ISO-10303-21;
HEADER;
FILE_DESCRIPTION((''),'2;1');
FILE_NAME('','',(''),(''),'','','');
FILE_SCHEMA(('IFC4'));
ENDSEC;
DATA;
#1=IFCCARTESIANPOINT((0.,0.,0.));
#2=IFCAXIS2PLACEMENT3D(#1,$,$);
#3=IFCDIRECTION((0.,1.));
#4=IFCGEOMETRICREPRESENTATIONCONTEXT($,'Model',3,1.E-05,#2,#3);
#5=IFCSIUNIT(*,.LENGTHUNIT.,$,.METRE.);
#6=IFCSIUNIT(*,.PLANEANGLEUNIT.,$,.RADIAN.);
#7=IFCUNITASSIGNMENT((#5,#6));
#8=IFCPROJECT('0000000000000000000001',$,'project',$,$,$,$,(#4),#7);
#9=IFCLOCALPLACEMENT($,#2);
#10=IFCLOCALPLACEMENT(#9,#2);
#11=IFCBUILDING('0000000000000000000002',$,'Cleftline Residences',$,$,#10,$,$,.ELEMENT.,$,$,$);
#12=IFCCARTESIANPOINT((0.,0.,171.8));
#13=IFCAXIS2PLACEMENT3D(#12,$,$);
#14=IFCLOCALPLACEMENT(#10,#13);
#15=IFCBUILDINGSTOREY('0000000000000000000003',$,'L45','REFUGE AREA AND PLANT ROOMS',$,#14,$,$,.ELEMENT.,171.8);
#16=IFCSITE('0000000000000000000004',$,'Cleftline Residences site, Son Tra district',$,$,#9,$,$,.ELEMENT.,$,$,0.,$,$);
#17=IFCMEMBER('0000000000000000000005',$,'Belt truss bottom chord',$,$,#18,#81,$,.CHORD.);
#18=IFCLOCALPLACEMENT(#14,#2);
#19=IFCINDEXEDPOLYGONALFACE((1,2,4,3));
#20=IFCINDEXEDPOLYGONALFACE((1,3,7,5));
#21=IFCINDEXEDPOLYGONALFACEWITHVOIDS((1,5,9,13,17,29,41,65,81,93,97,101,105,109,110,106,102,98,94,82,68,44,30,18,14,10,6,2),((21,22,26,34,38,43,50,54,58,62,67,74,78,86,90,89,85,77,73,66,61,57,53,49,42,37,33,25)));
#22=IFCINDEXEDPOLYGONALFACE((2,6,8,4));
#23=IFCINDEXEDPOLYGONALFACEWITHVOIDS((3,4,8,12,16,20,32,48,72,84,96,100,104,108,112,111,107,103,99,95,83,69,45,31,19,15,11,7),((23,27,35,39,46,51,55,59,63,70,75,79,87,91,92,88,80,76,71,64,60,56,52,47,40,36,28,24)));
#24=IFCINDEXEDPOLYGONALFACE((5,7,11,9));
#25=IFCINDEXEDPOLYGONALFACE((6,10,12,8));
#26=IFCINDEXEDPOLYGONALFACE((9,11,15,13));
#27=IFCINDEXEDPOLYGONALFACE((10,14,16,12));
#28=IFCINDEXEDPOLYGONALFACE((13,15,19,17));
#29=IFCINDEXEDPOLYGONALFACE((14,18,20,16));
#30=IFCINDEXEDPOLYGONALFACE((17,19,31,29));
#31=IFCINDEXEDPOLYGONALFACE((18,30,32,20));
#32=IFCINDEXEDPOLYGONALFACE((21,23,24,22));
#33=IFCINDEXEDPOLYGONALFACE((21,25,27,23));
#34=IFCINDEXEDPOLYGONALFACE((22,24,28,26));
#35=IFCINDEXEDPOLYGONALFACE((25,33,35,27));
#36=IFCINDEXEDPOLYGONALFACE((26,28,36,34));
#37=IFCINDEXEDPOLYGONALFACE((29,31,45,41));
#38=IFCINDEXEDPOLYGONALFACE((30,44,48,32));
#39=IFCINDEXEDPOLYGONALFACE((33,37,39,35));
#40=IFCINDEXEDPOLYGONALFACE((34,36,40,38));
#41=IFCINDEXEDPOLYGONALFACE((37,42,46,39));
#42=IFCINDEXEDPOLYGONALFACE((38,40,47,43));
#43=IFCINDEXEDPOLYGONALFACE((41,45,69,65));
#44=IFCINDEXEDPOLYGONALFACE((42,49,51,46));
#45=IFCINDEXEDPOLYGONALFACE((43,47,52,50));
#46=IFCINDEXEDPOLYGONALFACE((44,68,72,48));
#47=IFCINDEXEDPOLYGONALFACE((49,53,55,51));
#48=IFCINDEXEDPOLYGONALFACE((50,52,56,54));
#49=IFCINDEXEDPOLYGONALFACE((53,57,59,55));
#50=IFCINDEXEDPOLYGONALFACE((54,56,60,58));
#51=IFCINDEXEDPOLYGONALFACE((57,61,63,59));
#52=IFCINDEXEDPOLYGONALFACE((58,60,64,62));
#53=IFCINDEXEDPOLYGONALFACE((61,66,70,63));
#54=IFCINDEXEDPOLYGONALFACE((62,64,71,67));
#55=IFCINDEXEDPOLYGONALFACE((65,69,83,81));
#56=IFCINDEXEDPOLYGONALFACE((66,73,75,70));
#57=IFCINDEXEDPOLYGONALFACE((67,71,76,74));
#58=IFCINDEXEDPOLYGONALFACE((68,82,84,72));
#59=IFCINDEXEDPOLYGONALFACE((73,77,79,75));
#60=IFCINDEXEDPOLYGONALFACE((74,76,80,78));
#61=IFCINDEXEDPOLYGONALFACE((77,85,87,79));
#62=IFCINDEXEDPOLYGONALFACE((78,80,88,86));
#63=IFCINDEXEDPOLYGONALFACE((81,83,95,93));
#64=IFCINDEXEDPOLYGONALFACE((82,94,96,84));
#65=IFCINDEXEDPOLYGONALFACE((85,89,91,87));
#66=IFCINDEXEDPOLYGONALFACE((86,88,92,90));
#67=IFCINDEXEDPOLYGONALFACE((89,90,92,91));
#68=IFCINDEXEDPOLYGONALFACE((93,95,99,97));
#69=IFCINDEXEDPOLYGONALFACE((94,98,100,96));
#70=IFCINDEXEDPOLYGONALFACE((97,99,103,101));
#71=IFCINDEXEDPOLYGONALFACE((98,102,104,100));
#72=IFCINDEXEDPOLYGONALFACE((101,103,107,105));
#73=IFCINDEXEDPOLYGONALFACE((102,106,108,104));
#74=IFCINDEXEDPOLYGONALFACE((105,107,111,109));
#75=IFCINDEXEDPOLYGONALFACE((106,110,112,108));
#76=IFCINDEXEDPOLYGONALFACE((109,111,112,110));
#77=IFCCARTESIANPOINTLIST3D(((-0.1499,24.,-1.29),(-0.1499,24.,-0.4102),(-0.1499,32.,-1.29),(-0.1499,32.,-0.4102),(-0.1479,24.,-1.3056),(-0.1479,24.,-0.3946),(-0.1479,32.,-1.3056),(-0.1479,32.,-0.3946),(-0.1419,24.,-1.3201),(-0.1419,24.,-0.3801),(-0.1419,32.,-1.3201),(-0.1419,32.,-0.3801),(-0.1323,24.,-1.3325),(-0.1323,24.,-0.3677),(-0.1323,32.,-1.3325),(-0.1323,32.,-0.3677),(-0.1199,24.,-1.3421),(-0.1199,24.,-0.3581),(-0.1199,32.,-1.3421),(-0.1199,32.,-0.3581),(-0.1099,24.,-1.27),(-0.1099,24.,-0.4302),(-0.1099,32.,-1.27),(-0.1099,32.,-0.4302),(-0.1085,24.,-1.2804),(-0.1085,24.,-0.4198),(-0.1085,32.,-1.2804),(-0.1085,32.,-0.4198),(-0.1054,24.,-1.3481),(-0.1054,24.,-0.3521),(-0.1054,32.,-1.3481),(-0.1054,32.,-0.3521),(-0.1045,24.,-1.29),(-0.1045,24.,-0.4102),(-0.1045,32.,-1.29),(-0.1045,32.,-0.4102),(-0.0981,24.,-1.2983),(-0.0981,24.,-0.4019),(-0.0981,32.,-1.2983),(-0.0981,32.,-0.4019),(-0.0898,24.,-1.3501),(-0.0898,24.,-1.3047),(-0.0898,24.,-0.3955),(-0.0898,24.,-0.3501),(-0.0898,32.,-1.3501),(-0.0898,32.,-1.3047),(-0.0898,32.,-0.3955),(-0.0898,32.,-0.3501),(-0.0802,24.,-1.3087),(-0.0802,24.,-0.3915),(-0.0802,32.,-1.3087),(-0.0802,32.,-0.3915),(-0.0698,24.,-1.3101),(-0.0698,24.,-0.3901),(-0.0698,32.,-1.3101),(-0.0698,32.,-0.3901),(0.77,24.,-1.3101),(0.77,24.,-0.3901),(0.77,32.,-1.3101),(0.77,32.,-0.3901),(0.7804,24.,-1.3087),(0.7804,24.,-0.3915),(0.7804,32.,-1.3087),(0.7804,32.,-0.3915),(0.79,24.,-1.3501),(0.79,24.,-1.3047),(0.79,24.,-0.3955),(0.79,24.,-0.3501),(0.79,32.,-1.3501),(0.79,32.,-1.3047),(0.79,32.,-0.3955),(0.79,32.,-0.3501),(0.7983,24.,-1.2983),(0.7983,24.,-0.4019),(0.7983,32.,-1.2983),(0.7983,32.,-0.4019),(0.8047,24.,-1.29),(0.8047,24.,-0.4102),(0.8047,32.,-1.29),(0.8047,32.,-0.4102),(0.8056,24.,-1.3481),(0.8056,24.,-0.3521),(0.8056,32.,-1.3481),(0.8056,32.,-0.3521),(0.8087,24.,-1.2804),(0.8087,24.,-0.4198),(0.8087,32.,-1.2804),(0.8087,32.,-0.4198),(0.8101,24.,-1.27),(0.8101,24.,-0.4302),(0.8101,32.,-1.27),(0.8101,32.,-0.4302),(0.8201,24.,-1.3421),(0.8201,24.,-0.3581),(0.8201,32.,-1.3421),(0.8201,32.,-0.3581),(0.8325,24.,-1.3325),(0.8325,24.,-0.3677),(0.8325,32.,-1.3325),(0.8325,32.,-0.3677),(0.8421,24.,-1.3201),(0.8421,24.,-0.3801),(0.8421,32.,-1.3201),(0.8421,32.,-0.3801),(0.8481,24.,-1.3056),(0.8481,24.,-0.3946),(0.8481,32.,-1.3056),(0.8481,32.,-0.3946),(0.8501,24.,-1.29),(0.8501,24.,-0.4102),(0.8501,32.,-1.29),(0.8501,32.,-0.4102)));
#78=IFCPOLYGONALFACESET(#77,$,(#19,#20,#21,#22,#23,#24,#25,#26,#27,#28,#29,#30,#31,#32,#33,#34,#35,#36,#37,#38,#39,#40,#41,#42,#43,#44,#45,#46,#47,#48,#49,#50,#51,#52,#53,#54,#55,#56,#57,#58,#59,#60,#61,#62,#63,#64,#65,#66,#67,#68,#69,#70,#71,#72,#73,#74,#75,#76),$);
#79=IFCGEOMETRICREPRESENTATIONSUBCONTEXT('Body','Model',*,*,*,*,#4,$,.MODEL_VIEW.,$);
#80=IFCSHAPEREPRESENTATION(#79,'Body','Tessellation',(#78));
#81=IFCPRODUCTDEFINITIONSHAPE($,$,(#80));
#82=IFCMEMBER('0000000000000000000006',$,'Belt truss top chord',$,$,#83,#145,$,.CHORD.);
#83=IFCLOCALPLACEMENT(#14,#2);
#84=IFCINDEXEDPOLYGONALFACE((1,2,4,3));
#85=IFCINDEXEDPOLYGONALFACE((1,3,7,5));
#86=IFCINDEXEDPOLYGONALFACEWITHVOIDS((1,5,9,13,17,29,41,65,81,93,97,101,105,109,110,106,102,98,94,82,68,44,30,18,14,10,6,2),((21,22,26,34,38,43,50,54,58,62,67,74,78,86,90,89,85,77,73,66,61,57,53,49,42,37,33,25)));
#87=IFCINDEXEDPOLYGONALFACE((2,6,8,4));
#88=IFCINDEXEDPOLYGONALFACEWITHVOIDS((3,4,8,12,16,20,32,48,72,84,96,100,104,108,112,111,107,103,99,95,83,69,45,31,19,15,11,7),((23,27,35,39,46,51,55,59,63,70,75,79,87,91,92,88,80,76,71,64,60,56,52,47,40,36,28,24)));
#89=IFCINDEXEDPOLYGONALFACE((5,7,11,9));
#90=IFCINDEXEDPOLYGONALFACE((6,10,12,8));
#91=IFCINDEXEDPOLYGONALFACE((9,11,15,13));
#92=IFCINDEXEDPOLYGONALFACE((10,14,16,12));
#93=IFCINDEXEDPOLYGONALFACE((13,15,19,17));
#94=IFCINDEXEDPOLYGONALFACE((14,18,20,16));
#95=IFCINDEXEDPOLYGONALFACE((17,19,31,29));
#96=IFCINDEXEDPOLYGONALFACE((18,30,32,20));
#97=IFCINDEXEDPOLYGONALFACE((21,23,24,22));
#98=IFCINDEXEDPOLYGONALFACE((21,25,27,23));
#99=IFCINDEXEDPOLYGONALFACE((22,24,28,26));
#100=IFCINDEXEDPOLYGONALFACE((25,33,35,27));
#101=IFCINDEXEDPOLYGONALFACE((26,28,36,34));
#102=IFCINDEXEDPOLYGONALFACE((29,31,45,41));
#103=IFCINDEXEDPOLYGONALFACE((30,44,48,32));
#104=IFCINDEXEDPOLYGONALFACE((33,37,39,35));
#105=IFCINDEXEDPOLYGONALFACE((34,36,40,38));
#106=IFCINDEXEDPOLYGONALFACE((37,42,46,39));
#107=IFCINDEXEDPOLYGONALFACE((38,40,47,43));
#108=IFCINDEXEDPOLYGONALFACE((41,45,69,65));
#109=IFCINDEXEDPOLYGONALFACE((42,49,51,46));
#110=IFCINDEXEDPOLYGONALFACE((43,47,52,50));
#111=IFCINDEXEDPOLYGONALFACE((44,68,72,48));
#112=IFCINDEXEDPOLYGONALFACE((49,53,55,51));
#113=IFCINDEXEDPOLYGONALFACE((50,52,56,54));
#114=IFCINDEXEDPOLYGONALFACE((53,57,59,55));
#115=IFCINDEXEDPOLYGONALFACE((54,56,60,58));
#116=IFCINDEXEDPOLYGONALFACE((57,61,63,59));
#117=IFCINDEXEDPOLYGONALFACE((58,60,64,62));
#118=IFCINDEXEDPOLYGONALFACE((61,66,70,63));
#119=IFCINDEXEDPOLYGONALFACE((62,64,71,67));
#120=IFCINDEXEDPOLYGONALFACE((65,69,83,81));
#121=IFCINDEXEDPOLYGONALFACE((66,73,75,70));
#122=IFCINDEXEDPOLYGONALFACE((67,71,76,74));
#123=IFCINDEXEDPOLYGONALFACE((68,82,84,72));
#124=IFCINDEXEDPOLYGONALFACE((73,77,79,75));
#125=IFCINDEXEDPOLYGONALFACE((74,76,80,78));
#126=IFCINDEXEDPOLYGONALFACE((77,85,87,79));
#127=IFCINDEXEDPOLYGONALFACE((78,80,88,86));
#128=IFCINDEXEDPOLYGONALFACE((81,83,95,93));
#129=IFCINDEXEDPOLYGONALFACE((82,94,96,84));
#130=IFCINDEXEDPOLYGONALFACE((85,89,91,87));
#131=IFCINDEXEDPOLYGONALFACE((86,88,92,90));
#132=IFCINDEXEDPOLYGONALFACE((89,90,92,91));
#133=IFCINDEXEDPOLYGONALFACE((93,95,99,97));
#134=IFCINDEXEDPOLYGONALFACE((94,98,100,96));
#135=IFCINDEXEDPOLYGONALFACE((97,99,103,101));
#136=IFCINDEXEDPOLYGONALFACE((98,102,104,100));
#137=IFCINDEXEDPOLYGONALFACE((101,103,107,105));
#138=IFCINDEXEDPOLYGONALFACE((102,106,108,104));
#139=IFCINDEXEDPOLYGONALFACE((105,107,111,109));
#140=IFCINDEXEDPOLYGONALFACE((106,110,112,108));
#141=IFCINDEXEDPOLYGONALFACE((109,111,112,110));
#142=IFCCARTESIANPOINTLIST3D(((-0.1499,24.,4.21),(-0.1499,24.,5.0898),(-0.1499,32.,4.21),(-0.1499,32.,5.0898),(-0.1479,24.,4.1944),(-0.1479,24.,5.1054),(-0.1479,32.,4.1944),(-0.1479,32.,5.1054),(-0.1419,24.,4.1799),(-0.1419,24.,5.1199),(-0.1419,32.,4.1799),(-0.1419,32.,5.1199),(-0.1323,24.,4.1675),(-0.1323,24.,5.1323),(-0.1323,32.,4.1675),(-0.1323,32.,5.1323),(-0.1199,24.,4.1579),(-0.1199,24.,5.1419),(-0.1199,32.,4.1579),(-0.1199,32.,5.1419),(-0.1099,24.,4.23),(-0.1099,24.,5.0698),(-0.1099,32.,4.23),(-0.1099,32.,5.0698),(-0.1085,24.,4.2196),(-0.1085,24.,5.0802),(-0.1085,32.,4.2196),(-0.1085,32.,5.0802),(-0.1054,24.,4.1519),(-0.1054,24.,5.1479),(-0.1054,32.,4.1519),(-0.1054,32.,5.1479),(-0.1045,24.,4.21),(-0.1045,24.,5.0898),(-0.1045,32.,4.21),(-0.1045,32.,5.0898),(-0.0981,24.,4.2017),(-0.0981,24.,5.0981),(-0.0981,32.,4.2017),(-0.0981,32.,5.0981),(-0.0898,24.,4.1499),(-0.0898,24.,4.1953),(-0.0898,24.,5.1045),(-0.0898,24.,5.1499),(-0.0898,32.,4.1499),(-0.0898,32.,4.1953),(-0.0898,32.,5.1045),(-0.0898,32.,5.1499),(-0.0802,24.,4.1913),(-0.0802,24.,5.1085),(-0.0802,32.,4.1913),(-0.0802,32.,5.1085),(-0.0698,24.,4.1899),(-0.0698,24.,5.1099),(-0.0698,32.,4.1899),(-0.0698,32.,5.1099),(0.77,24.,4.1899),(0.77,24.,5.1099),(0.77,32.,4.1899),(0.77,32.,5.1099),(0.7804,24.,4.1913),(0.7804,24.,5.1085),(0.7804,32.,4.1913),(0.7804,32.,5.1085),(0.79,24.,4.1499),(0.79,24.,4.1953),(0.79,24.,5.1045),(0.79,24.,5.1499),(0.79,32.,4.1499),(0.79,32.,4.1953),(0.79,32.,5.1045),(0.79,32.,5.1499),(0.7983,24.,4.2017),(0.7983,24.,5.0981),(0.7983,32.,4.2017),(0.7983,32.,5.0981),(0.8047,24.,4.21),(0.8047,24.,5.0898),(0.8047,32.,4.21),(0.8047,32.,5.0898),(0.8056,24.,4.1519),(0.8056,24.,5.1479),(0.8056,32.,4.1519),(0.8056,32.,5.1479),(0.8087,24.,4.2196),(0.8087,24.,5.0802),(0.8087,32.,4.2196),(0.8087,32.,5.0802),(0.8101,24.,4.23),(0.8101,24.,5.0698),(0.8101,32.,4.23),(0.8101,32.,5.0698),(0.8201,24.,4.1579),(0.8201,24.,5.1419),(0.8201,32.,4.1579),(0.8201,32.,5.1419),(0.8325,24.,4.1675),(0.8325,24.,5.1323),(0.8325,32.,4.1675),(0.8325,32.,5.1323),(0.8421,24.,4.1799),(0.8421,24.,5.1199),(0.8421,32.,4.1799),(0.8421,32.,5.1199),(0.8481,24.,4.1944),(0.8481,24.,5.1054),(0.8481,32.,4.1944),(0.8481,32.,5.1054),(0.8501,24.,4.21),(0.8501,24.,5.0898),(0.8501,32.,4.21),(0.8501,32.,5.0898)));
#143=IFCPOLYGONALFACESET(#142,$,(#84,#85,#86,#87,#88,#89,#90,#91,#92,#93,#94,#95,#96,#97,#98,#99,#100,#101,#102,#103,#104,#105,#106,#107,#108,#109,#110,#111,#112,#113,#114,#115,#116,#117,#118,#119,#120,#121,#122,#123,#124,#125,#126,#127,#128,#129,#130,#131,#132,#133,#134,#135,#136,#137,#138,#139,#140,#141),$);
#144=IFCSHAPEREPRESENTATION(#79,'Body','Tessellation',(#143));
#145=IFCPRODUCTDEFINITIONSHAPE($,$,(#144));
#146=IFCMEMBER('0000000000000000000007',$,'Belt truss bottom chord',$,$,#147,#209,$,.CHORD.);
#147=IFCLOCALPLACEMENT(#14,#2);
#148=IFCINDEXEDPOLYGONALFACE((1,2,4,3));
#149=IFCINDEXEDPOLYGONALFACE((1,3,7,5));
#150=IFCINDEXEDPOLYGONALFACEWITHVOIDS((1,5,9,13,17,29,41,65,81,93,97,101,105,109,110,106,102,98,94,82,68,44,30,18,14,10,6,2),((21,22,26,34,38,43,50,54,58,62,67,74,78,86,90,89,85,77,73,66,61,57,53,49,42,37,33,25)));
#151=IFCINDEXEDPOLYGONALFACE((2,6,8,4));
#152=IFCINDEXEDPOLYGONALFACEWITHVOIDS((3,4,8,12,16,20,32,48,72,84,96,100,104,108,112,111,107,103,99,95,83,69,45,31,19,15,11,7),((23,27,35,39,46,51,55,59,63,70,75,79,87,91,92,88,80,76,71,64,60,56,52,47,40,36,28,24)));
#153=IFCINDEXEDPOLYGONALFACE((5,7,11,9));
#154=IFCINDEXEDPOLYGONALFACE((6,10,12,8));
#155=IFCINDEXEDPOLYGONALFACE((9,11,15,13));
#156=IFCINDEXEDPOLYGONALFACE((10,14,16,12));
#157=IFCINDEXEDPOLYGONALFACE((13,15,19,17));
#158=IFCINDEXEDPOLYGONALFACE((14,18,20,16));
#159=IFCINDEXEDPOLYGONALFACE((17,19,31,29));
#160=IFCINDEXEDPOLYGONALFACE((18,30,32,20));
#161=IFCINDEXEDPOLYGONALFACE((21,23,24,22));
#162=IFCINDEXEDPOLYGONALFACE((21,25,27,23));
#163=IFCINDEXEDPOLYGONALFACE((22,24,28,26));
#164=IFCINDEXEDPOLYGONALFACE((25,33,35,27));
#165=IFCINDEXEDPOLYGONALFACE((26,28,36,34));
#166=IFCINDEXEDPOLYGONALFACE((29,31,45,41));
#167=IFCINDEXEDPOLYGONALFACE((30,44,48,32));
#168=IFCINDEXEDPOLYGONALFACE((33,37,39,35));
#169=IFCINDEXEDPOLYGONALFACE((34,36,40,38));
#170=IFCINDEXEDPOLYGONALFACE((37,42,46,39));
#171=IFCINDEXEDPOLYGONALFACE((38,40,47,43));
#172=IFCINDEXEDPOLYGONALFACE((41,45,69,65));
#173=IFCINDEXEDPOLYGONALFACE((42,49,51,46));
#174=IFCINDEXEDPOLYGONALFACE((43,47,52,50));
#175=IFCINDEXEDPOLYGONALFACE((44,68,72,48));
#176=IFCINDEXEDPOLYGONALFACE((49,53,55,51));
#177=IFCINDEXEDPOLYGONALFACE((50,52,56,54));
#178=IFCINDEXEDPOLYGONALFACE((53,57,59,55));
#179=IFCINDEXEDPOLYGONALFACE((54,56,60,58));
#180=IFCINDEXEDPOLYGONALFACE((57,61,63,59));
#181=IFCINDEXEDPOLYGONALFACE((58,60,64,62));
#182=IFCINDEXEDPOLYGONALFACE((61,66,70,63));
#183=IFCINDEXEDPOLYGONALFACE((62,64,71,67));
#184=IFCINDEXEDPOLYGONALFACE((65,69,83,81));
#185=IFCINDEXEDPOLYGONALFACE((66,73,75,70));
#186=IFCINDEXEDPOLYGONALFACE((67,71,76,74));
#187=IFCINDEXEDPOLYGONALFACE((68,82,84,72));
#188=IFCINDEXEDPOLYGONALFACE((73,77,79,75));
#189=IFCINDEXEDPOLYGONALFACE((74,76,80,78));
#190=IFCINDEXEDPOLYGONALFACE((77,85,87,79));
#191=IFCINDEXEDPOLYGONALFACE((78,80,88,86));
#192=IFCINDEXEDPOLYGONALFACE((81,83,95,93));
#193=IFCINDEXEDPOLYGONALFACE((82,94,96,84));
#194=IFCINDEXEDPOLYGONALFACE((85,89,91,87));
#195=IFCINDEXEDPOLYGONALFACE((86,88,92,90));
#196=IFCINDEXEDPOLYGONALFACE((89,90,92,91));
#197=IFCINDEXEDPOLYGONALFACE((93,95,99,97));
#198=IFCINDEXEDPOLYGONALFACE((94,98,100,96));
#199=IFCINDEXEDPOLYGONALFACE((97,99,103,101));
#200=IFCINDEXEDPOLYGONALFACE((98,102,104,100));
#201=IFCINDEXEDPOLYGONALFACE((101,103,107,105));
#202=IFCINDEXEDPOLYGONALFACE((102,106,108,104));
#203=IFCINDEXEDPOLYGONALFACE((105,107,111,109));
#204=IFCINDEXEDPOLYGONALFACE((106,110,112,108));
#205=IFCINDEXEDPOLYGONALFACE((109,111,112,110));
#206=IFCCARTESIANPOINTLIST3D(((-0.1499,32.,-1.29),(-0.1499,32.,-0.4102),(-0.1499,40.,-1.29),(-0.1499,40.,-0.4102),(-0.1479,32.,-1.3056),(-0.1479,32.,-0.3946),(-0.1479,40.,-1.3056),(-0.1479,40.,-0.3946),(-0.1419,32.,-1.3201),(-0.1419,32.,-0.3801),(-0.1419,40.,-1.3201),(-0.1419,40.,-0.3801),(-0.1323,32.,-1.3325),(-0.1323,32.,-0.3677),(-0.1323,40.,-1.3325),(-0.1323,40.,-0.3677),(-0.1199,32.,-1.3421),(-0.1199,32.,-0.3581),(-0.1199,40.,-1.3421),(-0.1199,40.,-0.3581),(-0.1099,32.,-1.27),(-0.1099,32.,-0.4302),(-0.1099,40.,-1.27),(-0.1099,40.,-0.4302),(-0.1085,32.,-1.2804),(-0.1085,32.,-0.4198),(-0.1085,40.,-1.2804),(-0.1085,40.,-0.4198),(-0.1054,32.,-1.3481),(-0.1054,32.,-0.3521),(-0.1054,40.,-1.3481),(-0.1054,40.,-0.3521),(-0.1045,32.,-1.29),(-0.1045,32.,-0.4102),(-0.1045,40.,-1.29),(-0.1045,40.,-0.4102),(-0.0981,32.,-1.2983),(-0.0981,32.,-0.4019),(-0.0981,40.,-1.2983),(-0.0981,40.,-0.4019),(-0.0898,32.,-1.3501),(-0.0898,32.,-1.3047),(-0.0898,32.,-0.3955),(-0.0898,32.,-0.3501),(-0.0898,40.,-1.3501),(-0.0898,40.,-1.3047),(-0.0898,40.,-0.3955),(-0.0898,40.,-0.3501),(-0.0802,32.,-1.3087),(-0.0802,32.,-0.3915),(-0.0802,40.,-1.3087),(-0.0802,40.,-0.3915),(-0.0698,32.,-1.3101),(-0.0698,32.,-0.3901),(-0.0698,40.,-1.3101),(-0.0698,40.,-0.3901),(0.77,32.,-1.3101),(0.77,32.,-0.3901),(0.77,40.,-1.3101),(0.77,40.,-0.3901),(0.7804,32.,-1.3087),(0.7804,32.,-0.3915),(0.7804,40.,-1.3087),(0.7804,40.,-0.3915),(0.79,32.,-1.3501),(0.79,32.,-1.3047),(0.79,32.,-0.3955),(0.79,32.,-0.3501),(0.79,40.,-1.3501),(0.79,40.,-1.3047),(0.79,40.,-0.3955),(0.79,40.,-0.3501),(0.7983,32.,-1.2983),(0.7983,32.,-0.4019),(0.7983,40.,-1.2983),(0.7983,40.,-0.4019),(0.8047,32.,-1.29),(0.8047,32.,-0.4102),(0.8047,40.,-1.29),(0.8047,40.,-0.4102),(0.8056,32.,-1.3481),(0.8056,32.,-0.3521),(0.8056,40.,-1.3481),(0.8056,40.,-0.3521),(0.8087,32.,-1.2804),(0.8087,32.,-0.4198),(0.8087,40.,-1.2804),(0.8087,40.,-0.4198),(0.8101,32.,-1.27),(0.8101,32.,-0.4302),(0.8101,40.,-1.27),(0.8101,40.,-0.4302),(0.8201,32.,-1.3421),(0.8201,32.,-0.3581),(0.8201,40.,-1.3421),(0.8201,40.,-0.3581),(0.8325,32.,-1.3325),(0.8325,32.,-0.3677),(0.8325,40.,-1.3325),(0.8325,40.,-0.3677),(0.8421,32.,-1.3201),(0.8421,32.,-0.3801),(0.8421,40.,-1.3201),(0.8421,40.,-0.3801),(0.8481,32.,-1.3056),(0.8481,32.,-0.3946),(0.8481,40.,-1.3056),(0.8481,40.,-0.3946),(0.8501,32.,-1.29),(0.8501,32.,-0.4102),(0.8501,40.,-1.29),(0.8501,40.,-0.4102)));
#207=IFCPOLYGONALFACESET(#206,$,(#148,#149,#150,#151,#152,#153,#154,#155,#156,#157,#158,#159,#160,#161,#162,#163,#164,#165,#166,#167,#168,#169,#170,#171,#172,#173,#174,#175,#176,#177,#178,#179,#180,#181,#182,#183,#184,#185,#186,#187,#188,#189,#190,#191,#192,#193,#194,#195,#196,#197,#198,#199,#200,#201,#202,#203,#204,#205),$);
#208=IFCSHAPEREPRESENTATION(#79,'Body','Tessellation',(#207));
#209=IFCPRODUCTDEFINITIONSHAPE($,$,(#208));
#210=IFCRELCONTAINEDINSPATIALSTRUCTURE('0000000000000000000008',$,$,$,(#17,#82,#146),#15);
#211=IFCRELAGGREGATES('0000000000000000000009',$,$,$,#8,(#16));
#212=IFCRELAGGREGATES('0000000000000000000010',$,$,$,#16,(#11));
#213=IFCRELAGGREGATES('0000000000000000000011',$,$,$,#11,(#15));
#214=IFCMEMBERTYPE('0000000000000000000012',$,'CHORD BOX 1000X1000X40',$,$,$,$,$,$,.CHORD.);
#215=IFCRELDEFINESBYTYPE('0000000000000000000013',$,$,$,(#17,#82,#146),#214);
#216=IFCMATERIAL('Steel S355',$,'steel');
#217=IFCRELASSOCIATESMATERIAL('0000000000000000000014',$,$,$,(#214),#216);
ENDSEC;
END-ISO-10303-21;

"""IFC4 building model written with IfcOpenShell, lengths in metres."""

from ifc_helpers import new_model, si_unit, direction, frame, origin, origin_2d, place, context, subcontext, project, spatial, hollow_rectangle, extrude, material, material_profile, profile_set, type_object, element, save


model = new_model("IFC4")

# Units and contexts
model_context = context("Model", 3, precision=1e-05, world=origin(), true_north=direction((0.0, 1.0)))
body_context = subcontext(model_context, "Body", "Model", "MODEL_VIEW")
ifc_project = project(units=[si_unit("LENGTHUNIT", "METRE"), si_unit("PLANEANGLEUNIT", "RADIAN")], contexts=[model_context])

# Site, building, storey
site_placement = place(None, origin())
site = spatial("IfcSite", under=ifc_project, at=site_placement, Name="Cleftline Residences site, Son Tra district", CompositionType="ELEMENT", RefElevation=0.0)
building_placement = place(site_placement, origin())
building = spatial("IfcBuilding", under=site, at=building_placement, Name="Cleftline Residences", CompositionType="ELEMENT")
storey_placement = place(building_placement, frame((0.0, 0.0, 171.8)))
storey = spatial("IfcBuildingStorey", under=building, at=storey_placement, Name="L45", Description="REFUGE AREA AND PLANT ROOMS", CompositionType="ELEMENT", Elevation=171.8)

# Members
ifc_material_1 = material(Name="Steel S355", Category="steel")
ifc_material_profile_1 = material_profile(ifc_material_1, hollow_rectangle(XDim=1.0, YDim=1.0, WallThickness=0.04, InnerFilletRadius=0.04, OuterFilletRadius=0.0601, at=origin_2d()))
ifc_profile_set_1 = profile_set([ifc_material_profile_1], Name="Steel S355")
member_type_1 = type_object("IfcMemberType", Name="CHORD BOX 1000X1000X40", PredefinedType="CHORD", material=ifc_profile_set_1)
for number, where, z_axis, x_axis, name in (
    (1, (0.3501, 24.0, -0.8501), (0.0, 1.0, 0.0), (-1.0, 0.0, 0.0), "Belt truss bottom chord"),
    (2, (0.3501, 24.0, 4.6499), (0.0, 1.0, 0.0), (-1.0, 0.0, 0.0), "Belt truss top chord"),
    (3, (0.3501, 32.0, -0.8501), (0.0, 1.0, 0.0), (-1.0, 0.0, 0.0), "Belt truss bottom chord"),
):
    element("IfcMember", number, at=place(storey_placement, frame(where, z_axis=z_axis, x_axis=x_axis)), inside=storey, type_object=member_type_1, Name=name, PredefinedType="CHORD", context=body_context, shape_type="SweptSolid", body=[
        extrude(hollow_rectangle(XDim=1.0, YDim=1.0, WallThickness=0.04, InnerFilletRadius=0.04, OuterFilletRadius=0.0601, at=origin_2d()), origin(), (0.0, 0.0, 1.0), 8.0),
    ])

save(model, "model.ifc")
